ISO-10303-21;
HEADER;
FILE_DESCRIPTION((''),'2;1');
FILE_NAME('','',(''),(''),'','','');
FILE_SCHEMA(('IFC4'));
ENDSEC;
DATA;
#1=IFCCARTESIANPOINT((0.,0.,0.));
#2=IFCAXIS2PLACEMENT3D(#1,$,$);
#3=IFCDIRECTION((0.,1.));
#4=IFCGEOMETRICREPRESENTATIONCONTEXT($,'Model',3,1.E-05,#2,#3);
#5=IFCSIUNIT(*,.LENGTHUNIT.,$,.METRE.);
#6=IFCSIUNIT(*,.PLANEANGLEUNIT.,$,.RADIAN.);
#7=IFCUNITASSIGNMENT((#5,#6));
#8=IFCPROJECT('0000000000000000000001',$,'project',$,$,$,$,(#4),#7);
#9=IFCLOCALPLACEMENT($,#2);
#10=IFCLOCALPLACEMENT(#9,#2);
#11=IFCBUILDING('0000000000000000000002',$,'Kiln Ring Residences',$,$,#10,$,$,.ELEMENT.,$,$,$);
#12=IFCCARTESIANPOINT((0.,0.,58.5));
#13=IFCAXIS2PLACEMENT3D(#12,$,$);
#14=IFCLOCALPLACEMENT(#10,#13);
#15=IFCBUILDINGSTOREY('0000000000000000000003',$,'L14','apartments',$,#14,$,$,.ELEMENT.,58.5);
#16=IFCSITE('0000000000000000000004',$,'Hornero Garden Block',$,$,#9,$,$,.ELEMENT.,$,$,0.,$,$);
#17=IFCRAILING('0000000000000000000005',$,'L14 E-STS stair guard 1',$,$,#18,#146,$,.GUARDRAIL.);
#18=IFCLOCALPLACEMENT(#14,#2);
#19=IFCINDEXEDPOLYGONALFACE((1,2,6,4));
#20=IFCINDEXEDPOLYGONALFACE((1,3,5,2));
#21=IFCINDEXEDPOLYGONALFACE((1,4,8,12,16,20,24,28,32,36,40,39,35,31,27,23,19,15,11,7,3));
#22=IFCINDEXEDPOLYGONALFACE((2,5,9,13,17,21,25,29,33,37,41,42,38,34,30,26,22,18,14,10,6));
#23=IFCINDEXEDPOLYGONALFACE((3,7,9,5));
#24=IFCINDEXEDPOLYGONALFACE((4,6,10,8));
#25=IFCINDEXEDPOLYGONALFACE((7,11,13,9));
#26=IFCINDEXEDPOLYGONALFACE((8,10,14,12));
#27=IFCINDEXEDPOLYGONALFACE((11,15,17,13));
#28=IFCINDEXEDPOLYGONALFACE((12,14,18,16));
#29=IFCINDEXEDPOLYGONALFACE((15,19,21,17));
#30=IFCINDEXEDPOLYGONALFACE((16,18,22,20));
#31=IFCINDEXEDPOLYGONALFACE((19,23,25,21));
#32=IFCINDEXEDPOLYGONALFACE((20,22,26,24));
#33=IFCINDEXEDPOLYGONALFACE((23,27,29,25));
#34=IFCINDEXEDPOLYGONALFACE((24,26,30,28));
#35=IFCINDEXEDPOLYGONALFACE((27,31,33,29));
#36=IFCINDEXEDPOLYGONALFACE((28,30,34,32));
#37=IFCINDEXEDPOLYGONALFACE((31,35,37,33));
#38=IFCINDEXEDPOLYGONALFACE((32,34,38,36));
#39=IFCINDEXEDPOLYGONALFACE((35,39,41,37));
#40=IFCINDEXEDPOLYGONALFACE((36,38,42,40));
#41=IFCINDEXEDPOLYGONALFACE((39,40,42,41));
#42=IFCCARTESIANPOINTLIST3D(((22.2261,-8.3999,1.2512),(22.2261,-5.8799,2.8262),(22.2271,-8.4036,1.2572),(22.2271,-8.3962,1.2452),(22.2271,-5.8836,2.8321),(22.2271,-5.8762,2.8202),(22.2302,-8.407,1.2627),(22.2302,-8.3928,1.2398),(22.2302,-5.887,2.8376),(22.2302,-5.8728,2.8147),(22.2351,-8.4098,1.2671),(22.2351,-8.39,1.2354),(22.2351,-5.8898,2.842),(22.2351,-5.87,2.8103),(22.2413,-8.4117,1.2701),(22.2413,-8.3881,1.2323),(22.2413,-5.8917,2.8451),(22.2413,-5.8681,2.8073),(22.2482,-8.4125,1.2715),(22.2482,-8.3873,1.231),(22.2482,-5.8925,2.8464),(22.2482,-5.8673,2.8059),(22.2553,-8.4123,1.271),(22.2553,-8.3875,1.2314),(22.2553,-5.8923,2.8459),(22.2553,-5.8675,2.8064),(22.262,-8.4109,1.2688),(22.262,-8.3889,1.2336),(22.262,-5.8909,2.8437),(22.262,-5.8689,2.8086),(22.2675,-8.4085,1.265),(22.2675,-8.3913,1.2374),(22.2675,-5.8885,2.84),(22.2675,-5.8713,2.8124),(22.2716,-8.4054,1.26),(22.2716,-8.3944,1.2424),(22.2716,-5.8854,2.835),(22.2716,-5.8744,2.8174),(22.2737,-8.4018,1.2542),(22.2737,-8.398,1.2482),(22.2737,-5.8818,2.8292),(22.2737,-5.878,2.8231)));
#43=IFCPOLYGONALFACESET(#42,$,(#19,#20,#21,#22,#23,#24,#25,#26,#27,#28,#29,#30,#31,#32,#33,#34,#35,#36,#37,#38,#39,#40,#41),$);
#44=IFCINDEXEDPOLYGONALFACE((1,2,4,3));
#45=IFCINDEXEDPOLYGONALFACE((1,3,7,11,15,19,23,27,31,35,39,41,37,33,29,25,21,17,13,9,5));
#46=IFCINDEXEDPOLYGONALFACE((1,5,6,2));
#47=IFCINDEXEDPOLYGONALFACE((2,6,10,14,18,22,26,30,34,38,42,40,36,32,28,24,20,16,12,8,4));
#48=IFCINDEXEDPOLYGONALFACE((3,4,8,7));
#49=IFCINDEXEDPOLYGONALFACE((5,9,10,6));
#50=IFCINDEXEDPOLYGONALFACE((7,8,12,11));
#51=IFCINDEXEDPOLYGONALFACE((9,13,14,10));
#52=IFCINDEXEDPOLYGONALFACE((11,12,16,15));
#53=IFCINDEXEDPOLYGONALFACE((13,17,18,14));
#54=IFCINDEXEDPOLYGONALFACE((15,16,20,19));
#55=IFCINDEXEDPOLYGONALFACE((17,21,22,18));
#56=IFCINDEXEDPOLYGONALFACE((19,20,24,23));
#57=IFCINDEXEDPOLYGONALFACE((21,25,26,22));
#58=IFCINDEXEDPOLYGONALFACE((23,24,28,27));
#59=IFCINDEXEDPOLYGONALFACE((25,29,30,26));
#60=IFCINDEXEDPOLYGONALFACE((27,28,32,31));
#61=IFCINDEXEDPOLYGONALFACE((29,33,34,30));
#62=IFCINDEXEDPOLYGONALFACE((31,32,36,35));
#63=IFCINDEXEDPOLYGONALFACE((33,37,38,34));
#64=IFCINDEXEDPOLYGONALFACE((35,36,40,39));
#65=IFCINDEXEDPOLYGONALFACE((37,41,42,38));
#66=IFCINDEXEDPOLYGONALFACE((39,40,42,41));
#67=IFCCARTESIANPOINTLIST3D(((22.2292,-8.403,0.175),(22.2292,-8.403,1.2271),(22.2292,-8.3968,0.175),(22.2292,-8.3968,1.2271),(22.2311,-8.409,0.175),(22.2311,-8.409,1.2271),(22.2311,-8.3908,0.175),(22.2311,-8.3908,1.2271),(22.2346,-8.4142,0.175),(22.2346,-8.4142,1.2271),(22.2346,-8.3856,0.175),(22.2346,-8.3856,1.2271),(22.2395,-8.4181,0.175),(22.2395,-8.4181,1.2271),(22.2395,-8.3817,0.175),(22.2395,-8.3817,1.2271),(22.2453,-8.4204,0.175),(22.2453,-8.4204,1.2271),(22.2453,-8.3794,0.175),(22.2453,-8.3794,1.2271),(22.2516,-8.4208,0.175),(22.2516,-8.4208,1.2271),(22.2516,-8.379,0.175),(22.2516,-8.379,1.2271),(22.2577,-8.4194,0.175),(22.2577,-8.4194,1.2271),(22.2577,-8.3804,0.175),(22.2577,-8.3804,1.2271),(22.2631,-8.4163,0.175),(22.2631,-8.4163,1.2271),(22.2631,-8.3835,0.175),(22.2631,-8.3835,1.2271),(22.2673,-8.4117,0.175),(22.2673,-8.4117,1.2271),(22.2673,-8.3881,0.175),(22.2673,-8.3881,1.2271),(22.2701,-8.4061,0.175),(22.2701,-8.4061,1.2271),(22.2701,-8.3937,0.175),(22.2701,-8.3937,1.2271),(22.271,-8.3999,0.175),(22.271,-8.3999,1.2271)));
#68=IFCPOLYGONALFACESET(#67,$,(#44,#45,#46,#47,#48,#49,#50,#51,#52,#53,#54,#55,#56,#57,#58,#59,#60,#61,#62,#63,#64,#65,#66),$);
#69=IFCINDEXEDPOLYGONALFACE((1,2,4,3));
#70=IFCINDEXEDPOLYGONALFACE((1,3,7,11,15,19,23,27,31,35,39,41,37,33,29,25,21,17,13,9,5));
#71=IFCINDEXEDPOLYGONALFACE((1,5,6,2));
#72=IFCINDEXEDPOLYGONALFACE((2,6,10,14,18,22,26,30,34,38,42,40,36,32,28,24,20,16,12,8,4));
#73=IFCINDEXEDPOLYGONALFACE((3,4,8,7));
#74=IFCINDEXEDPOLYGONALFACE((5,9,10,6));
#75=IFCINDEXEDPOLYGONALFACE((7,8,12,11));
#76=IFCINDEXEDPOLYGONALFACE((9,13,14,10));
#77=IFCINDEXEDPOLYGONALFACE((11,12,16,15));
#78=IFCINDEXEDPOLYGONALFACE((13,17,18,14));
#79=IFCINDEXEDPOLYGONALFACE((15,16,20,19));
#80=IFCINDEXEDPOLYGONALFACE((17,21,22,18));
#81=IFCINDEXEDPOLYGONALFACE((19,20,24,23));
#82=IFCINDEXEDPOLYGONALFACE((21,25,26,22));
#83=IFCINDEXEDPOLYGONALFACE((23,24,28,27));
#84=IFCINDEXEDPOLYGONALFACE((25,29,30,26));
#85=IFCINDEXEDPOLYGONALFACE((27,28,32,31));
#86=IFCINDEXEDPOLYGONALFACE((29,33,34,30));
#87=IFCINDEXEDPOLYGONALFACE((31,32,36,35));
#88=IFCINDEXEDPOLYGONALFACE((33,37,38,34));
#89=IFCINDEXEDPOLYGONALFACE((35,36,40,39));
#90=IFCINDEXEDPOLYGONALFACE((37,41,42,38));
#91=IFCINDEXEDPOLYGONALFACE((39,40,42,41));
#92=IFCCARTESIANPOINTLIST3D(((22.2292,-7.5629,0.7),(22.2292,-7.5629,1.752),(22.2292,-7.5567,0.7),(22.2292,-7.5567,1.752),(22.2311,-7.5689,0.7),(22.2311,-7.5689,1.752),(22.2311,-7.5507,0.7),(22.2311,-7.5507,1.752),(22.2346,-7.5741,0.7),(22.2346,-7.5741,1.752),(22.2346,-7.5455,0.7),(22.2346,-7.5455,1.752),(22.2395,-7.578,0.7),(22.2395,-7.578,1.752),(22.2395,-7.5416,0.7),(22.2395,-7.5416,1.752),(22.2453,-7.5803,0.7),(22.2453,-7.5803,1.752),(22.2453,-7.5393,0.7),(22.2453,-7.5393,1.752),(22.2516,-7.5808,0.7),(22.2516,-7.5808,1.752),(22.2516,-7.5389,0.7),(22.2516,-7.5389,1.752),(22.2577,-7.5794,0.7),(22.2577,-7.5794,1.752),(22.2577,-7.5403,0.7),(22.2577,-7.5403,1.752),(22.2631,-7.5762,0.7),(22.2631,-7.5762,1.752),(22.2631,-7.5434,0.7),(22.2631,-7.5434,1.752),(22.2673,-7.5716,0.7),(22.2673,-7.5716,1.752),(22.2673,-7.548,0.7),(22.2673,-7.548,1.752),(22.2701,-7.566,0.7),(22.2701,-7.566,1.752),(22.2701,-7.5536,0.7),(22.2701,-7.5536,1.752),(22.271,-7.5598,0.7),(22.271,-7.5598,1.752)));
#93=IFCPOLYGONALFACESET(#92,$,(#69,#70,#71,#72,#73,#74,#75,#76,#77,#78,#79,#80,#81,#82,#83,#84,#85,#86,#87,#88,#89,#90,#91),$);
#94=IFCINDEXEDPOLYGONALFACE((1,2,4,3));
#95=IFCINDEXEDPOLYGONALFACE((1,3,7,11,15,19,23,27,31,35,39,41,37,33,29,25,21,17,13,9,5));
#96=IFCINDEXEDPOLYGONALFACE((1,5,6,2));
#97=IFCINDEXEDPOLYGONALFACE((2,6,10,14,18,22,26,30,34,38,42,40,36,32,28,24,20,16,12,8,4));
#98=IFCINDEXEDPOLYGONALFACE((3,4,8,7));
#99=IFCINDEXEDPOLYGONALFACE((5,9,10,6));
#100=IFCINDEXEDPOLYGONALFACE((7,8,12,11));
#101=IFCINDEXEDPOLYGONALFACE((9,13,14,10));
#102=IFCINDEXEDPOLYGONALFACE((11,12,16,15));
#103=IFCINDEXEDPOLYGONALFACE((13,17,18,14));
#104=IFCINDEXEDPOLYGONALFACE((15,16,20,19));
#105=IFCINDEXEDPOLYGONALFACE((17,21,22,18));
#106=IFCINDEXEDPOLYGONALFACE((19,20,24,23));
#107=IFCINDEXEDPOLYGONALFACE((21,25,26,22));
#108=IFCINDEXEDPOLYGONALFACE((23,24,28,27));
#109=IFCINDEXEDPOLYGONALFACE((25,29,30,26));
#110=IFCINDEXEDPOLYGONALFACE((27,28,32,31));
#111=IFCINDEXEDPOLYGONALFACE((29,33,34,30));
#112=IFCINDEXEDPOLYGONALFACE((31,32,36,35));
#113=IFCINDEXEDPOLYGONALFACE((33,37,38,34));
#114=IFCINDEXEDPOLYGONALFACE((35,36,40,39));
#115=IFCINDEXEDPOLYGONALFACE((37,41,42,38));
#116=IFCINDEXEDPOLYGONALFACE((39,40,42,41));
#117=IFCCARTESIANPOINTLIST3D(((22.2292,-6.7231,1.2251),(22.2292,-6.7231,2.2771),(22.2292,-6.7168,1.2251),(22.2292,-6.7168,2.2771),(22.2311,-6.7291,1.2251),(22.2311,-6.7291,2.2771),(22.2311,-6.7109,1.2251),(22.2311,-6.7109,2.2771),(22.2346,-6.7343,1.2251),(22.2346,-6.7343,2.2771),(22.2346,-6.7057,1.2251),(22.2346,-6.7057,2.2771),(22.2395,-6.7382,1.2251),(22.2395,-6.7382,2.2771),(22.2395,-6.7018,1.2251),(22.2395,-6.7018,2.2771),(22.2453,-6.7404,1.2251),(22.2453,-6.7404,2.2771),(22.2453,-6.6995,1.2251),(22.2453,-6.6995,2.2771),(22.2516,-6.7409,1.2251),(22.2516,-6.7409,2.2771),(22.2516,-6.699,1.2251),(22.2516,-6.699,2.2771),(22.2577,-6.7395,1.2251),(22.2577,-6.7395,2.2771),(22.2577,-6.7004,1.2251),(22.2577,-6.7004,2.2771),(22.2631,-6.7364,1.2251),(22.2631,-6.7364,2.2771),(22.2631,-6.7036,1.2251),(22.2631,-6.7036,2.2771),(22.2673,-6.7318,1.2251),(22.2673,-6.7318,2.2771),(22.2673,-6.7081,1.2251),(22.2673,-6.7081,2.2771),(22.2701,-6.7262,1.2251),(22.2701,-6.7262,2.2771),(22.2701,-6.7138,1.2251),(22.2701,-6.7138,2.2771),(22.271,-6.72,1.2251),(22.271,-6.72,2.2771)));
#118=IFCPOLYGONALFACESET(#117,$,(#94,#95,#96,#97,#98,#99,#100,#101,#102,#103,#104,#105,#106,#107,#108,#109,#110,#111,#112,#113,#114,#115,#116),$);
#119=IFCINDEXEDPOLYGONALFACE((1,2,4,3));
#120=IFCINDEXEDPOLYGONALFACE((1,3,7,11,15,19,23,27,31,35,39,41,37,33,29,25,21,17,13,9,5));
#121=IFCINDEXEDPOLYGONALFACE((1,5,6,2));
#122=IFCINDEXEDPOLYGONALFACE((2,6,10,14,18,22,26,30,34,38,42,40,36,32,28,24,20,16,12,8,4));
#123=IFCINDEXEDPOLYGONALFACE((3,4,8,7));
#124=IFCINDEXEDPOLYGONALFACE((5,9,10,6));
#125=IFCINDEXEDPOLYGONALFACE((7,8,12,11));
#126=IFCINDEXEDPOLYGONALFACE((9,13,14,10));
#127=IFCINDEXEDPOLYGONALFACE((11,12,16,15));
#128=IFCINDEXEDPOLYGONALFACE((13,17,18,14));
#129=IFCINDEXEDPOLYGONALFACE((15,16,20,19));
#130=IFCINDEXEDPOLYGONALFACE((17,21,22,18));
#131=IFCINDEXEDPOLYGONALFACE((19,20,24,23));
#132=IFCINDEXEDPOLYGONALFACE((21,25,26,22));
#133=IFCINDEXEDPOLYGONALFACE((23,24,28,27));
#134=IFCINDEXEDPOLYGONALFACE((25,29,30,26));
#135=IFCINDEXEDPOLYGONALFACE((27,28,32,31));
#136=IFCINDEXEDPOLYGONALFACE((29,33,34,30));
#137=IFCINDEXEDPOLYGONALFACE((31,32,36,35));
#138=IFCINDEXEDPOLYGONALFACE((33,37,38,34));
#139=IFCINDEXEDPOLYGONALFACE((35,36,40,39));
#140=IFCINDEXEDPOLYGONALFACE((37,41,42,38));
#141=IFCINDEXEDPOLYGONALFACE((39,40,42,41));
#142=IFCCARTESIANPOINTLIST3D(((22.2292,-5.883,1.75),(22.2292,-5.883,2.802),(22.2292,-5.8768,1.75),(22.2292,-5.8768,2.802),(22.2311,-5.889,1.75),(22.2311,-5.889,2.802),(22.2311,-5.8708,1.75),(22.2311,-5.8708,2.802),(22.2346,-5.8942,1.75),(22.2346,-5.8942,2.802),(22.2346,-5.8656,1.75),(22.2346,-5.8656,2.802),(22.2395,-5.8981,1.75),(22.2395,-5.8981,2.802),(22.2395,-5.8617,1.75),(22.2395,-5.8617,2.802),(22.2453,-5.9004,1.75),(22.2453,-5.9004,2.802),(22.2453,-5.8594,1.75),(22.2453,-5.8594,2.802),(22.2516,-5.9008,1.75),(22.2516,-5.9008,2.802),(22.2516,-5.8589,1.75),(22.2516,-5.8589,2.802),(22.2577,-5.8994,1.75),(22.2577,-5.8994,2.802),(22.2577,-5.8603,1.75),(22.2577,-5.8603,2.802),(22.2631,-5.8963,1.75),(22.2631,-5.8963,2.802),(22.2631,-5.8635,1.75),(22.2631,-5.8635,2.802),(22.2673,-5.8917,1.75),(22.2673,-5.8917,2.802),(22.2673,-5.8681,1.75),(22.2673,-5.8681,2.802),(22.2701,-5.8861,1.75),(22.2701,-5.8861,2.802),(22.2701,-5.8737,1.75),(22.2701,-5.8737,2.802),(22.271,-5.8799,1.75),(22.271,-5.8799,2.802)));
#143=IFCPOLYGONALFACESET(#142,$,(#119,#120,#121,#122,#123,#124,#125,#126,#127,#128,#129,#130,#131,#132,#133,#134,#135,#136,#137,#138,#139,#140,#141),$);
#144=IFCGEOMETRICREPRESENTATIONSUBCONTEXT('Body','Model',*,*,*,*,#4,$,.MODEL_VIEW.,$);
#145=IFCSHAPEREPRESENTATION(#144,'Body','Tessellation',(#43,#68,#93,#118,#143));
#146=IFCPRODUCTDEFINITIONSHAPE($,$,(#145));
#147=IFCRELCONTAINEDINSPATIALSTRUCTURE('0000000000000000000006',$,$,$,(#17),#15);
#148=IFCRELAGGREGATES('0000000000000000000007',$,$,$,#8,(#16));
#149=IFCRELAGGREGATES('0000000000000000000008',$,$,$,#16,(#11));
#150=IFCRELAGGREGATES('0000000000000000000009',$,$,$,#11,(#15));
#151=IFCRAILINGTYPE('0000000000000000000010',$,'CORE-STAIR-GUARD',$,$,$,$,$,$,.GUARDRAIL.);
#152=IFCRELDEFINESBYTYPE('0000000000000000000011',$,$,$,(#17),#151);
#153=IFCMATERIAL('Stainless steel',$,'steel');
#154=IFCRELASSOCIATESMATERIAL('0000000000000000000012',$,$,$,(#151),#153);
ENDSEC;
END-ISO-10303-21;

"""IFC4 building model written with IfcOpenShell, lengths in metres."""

from ifc_helpers import new_model, si_unit, direction, frame, origin, origin_2d, place, context, subcontext, project, spatial, circle, extrude, material, type_object, element, save


model = new_model("IFC4")

# Units and contexts
model_context = context("Model", 3, precision=1e-05, world=origin(), true_north=direction((0.0, 1.0)))
body_context = subcontext(model_context, "Body", "Model", "MODEL_VIEW")
ifc_project = project(units=[si_unit("LENGTHUNIT", "METRE"), si_unit("PLANEANGLEUNIT", "RADIAN")], contexts=[model_context])

# Site, building, storey
site_placement = place(None, origin())
site = spatial("IfcSite", under=ifc_project, at=site_placement, Name="Hornero Garden Block", CompositionType="ELEMENT", RefElevation=0.0)
building_placement = place(site_placement, origin())
building = spatial("IfcBuilding", under=site, at=building_placement, Name="Kiln Ring Residences", CompositionType="ELEMENT")
storey_placement = place(building_placement, frame((0.0, 0.0, 58.5)))
storey = spatial("IfcBuildingStorey", under=building, at=storey_placement, Name="L14", Description="apartments", CompositionType="ELEMENT", Elevation=58.5)

# Railing
ifc_material_1 = material(Name="Stainless steel", Category="steel")
railing_type_1 = type_object("IfcRailingType", Name="CORE-STAIR-GUARD", PredefinedType="GUARDRAIL", material=ifc_material_1)
railing_1_placement = place(storey_placement, frame((22.25, -8.3999, 0.175)))
element("IfcRailing", 1, at=railing_1_placement, inside=storey, type_object=railing_type_1, Name="L14 E-STS stair guard 1", PredefinedType="GUARDRAIL", context=body_context, shape_type="SweptSolid", body=[
    extrude(circle(Radius=0.0239, at=origin_2d()), frame((0.0, 0.0, 1.0762), z_axis=(0.0, 0.848008, 0.529984), x_axis=(-1.0, 0.0, 0.0)), (0.0, 0.0, 1.0), 2.9717),
    extrude(circle(Radius=0.021, at=origin_2d()), origin(), (0.0, 0.0, 1.0), 1.052),
    extrude(circle(Radius=0.021, at=origin_2d()), frame((0.0, 0.8401, 0.5249)), (0.0, 0.0, 1.0), 1.052),
    extrude(circle(Radius=0.021, at=origin_2d()), frame((0.0, 1.6799, 1.05)), (0.0, 0.0, 1.0), 1.052),
    extrude(circle(Radius=0.021, at=origin_2d()), frame((0.0, 2.52, 1.575)), (0.0, 0.0, 1.0), 1.052),
])

save(model, "model.ifc")
